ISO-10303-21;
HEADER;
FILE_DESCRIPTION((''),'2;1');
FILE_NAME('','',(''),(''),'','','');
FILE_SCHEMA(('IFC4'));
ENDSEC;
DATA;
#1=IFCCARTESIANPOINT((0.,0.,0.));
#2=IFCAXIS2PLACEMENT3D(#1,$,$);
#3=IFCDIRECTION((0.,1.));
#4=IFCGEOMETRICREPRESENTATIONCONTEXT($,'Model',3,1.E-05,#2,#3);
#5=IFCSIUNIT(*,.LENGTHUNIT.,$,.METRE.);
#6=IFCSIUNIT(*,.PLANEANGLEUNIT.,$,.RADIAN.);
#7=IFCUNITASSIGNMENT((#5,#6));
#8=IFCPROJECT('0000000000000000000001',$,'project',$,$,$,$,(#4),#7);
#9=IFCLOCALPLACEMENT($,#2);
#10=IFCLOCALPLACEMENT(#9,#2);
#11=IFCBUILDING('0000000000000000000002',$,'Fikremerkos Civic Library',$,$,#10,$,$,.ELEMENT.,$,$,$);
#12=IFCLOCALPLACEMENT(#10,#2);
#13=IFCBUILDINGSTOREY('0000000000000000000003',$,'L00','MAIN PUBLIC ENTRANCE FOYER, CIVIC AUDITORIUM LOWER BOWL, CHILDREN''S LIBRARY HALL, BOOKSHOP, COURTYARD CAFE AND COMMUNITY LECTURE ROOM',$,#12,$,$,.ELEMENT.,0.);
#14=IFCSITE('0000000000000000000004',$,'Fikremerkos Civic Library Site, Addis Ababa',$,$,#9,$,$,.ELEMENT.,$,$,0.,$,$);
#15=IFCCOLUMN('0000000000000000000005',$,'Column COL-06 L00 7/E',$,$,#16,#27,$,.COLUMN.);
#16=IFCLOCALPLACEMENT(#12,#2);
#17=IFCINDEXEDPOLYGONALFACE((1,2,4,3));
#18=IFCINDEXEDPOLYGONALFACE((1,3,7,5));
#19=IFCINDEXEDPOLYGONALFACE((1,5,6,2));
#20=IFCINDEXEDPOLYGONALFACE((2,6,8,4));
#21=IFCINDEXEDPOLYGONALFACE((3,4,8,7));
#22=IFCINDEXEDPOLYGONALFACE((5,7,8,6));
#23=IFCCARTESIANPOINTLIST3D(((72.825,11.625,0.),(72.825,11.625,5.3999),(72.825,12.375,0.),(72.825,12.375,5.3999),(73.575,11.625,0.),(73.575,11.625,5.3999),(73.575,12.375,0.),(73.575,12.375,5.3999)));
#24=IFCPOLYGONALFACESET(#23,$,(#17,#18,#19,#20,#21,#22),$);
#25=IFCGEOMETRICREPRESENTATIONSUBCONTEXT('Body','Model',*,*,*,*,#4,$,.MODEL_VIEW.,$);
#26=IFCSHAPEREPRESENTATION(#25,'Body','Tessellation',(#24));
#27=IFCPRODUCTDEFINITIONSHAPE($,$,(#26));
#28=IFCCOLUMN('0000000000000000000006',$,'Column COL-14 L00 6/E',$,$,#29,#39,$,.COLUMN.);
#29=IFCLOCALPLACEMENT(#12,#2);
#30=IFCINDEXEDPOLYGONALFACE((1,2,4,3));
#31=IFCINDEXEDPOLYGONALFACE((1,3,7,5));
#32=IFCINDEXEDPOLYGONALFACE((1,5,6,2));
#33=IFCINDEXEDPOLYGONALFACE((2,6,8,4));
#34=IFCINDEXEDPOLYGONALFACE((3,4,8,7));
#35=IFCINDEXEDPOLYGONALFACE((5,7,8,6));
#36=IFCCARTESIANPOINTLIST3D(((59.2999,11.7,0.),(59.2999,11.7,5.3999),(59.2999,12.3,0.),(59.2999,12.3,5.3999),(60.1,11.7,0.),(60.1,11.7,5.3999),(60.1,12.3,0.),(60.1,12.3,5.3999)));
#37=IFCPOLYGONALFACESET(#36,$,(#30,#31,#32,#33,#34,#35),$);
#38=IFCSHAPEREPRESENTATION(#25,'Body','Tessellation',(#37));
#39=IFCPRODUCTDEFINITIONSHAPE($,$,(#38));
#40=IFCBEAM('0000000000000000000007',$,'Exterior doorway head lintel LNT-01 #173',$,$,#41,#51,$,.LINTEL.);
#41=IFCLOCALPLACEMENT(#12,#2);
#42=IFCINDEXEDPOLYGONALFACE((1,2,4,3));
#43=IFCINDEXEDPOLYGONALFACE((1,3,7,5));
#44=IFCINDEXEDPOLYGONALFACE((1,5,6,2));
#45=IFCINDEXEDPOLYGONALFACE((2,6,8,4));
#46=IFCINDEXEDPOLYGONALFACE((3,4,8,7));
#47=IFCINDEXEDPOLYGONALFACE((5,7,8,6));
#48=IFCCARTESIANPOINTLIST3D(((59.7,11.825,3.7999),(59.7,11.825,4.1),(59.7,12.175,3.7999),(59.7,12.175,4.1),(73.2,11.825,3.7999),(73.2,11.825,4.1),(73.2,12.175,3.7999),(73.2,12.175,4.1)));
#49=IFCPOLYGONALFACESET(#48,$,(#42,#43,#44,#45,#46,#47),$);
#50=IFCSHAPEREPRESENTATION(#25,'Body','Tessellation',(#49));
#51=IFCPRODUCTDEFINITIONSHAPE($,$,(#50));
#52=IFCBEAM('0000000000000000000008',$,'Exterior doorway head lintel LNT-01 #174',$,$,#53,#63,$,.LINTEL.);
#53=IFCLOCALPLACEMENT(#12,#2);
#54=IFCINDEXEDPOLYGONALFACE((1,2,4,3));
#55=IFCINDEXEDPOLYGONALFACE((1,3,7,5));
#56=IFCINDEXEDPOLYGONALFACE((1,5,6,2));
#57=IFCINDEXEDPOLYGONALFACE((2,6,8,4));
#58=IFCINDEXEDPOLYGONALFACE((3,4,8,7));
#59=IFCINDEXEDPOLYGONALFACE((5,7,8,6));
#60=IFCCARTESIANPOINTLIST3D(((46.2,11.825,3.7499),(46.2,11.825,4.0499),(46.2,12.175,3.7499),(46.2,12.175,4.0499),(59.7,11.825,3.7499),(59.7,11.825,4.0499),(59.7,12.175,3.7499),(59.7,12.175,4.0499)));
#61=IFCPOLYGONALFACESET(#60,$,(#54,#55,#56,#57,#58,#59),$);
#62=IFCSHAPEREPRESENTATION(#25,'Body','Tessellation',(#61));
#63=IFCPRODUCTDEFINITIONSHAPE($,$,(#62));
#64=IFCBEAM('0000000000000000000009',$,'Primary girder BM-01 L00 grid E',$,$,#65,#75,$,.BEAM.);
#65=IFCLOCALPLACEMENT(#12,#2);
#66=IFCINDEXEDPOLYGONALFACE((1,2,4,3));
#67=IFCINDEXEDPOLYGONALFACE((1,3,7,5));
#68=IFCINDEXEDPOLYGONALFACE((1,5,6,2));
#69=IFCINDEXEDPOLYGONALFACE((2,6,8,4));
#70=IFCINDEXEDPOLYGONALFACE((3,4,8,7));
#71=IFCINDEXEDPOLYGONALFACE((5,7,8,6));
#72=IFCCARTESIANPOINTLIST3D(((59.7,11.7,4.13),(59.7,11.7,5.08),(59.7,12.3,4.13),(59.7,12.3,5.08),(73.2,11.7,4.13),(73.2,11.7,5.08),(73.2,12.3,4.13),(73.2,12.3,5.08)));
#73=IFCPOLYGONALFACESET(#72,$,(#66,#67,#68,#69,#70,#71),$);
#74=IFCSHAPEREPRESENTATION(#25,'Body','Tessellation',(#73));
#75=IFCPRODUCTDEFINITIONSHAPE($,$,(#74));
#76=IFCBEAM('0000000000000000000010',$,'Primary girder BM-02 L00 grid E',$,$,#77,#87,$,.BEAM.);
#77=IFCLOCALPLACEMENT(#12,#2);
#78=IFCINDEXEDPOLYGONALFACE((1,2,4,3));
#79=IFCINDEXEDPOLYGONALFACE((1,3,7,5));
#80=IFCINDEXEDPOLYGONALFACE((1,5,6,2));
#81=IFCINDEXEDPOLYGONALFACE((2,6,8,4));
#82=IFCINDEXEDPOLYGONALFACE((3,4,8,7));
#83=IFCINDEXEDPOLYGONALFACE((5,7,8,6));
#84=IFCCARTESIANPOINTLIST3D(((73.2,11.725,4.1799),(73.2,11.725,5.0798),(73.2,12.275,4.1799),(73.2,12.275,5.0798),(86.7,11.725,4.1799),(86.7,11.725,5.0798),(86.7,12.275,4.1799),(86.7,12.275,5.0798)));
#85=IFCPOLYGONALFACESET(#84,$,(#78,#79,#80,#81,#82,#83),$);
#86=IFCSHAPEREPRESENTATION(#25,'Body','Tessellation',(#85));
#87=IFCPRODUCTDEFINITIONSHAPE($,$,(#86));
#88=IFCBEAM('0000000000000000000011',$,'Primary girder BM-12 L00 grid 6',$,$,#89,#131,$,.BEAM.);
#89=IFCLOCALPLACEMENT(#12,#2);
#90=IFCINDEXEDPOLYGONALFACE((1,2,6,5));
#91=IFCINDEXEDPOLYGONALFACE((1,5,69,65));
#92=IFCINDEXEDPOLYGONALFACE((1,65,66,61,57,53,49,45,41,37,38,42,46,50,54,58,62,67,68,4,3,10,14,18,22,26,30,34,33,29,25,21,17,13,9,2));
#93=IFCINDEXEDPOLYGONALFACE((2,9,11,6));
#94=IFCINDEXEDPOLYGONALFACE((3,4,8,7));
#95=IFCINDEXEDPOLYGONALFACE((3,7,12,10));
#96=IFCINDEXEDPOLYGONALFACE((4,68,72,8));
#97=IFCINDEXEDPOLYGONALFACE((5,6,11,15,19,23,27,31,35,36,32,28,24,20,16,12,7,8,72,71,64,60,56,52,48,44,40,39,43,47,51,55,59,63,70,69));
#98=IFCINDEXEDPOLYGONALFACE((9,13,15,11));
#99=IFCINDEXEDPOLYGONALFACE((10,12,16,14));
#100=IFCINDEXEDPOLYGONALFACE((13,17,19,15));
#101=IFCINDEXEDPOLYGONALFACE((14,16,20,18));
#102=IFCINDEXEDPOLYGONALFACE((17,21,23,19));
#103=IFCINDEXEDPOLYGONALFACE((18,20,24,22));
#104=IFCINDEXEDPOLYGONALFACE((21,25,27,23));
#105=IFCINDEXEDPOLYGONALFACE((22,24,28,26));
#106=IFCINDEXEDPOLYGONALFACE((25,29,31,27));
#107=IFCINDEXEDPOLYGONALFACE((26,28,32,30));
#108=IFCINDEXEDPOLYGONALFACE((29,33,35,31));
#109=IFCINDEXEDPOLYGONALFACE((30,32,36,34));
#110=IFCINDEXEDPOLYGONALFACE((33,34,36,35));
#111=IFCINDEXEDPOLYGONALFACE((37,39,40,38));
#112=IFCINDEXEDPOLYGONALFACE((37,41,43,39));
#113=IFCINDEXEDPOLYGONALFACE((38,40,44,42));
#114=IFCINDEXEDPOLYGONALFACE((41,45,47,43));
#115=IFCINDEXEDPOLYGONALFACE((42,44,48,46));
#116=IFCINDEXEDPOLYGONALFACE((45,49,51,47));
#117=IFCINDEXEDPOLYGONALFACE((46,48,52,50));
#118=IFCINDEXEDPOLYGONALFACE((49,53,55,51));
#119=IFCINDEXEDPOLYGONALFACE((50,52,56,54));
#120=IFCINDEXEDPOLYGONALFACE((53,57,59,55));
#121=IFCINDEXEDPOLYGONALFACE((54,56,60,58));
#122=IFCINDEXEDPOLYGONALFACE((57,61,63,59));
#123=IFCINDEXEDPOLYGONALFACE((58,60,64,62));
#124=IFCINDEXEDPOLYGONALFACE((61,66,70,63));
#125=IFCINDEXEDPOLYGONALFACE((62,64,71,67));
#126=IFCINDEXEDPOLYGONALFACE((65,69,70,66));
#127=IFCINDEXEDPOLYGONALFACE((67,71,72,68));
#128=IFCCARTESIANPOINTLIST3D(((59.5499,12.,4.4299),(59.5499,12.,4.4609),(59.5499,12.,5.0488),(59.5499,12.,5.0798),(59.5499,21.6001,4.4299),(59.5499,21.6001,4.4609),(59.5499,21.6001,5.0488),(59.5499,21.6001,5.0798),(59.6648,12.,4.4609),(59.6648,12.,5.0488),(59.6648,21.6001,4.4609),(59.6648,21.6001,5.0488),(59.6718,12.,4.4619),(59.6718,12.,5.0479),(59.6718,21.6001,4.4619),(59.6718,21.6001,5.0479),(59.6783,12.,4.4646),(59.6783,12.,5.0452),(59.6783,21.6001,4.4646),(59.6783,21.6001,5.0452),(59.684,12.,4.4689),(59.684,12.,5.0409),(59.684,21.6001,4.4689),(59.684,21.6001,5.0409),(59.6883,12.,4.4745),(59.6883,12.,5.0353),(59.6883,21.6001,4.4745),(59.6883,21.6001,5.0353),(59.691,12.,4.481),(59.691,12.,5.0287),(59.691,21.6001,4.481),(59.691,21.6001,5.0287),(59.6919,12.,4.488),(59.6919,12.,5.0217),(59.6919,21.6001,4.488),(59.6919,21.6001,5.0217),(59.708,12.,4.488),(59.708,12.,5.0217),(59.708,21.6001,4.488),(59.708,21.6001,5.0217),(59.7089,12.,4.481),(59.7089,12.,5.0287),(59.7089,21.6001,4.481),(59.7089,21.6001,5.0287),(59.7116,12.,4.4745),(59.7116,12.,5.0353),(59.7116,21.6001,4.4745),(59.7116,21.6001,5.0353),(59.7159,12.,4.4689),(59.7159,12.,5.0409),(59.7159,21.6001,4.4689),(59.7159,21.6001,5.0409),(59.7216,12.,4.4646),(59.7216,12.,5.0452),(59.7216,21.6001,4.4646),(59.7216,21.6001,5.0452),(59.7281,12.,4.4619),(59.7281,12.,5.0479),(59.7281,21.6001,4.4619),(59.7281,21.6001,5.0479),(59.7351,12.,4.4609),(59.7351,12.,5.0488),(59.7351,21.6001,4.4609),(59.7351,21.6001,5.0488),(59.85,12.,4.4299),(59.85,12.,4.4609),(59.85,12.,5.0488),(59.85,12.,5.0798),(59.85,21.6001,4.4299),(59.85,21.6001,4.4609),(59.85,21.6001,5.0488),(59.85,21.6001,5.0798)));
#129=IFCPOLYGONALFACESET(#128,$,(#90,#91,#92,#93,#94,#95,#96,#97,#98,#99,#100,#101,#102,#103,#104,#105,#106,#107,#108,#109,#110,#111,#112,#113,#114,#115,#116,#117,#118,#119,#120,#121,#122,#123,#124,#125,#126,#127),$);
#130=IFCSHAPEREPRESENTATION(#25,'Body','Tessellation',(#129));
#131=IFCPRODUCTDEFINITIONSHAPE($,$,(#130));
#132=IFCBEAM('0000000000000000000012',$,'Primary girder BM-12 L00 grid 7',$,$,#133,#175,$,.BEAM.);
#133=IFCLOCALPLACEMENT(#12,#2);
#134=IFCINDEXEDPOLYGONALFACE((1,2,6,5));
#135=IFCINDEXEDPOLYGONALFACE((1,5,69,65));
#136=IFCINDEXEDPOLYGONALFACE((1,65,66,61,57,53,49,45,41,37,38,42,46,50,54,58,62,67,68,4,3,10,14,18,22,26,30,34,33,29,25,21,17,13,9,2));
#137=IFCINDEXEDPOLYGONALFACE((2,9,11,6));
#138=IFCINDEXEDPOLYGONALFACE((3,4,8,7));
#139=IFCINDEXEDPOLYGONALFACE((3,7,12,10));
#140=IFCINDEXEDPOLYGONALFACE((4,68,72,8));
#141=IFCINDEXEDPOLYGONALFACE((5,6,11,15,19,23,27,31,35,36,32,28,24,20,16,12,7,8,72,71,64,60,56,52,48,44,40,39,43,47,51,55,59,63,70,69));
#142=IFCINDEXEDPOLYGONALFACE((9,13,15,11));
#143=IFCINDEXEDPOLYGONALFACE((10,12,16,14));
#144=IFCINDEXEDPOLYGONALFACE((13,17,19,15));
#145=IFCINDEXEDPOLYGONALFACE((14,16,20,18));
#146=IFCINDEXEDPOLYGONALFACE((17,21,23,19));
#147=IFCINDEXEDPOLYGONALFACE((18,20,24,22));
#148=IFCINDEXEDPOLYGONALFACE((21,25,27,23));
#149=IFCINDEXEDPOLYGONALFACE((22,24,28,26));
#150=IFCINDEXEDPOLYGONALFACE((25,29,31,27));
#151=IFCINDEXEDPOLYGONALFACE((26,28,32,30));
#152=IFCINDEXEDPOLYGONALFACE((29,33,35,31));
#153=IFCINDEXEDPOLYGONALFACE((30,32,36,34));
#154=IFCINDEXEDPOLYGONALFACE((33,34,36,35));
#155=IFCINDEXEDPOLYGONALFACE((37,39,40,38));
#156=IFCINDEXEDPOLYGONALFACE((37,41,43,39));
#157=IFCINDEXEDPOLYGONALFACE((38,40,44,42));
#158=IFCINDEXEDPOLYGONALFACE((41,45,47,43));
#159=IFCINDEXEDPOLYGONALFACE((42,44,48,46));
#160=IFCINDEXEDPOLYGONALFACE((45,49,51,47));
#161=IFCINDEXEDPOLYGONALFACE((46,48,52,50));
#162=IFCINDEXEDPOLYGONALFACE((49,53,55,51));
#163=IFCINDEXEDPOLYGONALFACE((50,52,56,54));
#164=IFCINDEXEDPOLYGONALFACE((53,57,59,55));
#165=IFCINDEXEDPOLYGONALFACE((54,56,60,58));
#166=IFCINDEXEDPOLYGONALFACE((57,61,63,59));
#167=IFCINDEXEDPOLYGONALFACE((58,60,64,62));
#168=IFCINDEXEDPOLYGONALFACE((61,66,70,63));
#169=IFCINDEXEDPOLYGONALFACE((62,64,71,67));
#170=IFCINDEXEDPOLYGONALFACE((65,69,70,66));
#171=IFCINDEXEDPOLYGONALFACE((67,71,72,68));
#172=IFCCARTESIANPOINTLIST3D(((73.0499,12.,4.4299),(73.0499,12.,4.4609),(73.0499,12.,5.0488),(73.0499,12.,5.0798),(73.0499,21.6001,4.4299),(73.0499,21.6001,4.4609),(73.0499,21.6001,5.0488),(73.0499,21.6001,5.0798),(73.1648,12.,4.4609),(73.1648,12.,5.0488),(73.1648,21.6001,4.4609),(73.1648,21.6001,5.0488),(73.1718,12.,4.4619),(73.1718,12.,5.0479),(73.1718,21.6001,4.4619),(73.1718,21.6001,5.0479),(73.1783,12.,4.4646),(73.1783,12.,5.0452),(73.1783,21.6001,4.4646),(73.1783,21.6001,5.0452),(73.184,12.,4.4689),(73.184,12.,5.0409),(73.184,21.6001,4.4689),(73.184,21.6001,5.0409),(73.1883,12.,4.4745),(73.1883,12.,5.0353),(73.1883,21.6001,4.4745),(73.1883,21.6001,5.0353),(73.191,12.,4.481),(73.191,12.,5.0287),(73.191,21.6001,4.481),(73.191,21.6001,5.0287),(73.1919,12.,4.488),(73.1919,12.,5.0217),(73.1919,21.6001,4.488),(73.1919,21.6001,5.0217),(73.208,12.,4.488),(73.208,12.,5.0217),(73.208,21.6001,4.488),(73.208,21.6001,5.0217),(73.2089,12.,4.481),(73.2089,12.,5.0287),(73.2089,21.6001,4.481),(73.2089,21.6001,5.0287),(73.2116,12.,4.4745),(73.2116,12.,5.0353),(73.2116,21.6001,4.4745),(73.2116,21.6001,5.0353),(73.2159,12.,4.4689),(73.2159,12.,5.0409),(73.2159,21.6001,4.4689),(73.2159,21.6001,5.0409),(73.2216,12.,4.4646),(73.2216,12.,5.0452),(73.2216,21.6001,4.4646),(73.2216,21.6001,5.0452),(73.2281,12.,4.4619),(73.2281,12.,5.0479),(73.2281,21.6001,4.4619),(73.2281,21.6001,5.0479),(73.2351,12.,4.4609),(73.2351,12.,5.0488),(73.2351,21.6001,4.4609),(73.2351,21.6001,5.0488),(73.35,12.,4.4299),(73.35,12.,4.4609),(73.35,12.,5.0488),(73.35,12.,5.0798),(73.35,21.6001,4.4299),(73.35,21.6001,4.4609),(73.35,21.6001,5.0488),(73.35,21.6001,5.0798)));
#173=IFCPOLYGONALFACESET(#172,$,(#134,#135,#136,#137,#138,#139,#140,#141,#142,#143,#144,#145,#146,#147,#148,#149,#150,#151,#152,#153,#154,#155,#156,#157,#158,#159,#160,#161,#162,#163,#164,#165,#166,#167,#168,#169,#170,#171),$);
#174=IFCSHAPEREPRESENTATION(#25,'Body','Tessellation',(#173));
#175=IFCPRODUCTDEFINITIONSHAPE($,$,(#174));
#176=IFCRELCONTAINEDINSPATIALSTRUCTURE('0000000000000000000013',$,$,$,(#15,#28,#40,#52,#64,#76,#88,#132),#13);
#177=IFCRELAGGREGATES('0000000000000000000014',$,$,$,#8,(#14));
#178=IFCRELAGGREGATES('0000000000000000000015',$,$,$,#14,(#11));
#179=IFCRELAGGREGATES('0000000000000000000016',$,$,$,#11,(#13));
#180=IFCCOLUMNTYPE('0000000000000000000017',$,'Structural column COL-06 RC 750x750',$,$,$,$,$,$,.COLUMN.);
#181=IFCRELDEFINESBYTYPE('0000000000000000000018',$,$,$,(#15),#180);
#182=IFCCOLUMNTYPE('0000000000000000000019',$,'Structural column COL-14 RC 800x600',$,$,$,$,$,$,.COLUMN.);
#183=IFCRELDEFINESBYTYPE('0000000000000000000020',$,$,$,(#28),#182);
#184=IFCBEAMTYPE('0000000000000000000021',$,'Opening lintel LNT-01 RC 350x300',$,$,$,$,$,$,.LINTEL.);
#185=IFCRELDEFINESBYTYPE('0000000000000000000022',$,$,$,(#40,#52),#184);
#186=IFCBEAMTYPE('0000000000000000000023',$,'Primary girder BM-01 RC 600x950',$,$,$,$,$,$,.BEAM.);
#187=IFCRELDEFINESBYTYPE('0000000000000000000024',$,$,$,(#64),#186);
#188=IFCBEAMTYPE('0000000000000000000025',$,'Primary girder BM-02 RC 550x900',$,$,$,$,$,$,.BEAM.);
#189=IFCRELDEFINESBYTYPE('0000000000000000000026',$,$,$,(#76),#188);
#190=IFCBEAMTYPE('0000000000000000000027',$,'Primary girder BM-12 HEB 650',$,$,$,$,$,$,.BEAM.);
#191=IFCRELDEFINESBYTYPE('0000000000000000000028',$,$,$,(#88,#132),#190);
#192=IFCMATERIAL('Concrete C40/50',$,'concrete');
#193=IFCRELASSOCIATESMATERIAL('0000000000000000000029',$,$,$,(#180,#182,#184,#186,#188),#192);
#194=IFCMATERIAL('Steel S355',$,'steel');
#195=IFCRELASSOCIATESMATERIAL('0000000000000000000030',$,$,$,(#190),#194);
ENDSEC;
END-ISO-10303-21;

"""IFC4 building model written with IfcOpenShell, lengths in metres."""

from ifc_helpers import new_model, si_unit, direction, frame, origin, origin_2d, place, context, subcontext, project, spatial, rectangle, i_section, extrude, material, material_profile, profile_set, type_object, element, save


model = new_model("IFC4")

# Units and contexts
model_context = context("Model", 3, precision=1e-05, world=origin(), true_north=direction((0.0, 1.0)))
body_context = subcontext(model_context, "Body", "Model", "MODEL_VIEW")
ifc_project = project(units=[si_unit("LENGTHUNIT", "METRE"), si_unit("PLANEANGLEUNIT", "RADIAN")], contexts=[model_context])

# Site, building, storey
site_placement = place(None, origin())
site = spatial("IfcSite", under=ifc_project, at=site_placement, Name="Fikremerkos Civic Library Site, Addis Ababa", CompositionType="ELEMENT", RefElevation=0.0)
building_placement = place(site_placement, origin())
building = spatial("IfcBuilding", under=site, at=building_placement, Name="Fikremerkos Civic Library", CompositionType="ELEMENT")
storey_placement = place(building_placement, origin())
storey = spatial("IfcBuildingStorey", under=building, at=storey_placement, Name="L00", Description="MAIN PUBLIC ENTRANCE FOYER, CIVIC AUDITORIUM LOWER BOWL, CHILDREN'S LIBRARY HALL, BOOKSHOP, COURTYARD CAFE AND COMMUNITY LECTURE ROOM", CompositionType="ELEMENT", Elevation=0.0)

# Columns
ifc_material_1 = material(Name="Concrete C40/50", Category="concrete")
ifc_material_profile_1 = material_profile(ifc_material_1, rectangle(XDim=0.75, YDim=0.75, at=origin_2d()), Name="RC 750x750")
ifc_profile_set_1 = profile_set([ifc_material_profile_1], Name="Concrete C40/50")
column_type_1 = type_object("IfcColumnType", Name="Structural column COL-06 RC 750x750", PredefinedType="COLUMN", material=ifc_profile_set_1)
column_1_placement = place(storey_placement, frame((73.2, 12.0, 0.0), z_axis=(0.0, 0.0, 1.0), x_axis=(1.0, 0.0, 0.0)))
element("IfcColumn", 1, at=column_1_placement, inside=storey, type_object=column_type_1, Name="Column COL-06 L00 7/E", PredefinedType="COLUMN", context=body_context, shape_type="SweptSolid", body=[
    extrude(rectangle(XDim=0.75, YDim=0.75, at=origin_2d()), origin(), (0.0, 0.0, 1.0), 5.3999),
])
ifc_material_profile_2 = material_profile(ifc_material_1, rectangle(XDim=0.8, YDim=0.6001, at=origin_2d()), Name="RC 800x600")
ifc_profile_set_2 = profile_set([ifc_material_profile_2], Name="Concrete C40/50")
column_type_2 = type_object("IfcColumnType", Name="Structural column COL-14 RC 800x600", PredefinedType="COLUMN", material=ifc_profile_set_2)
column_2_placement = place(storey_placement, frame((59.7, 12.0, 0.0), z_axis=(0.0, 0.0, 1.0), x_axis=(1.0, 0.0, 0.0)))
element("IfcColumn", 2, at=column_2_placement, inside=storey, type_object=column_type_2, Name="Column COL-14 L00 6/E", PredefinedType="COLUMN", context=body_context, shape_type="SweptSolid", body=[
    extrude(rectangle(XDim=0.8, YDim=0.6001, at=origin_2d()), origin(), (0.0, 0.0, 1.0), 5.3999),
])

# Beams
ifc_material_profile_3 = material_profile(ifc_material_1, rectangle(XDim=0.3501, YDim=0.3, at=origin_2d()), Name="RC 350x300")
ifc_profile_set_3 = profile_set([ifc_material_profile_3], Name="Concrete C40/50")
beam_type_1 = type_object("IfcBeamType", Name="Opening lintel LNT-01 RC 350x300", PredefinedType="LINTEL", material=ifc_profile_set_3)
for number, where, z_axis, x_axis, name in (
    (3, (73.2, 12.0, 3.95), (-1.0, 0.0, 0.0), (0.0, -1.0, 0.0), "Exterior doorway head lintel LNT-01 #173"),
    (4, (59.7, 12.0, 3.8999), (-1.0, 0.0, 0.0), (0.0, -1.0, 0.0), "Exterior doorway head lintel LNT-01 #174"),
):
    element("IfcBeam", number, at=place(storey_placement, frame(where, z_axis=z_axis, x_axis=x_axis)), inside=storey, type_object=beam_type_1, Name=name, PredefinedType="LINTEL", context=body_context, shape_type="SweptSolid", body=[
        extrude(rectangle(XDim=0.3501, YDim=0.3, at=origin_2d()), origin(), (0.0, 0.0, 1.0), 13.5),
    ])
ifc_material_profile_4 = material_profile(ifc_material_1, rectangle(XDim=0.6001, YDim=0.95, at=origin_2d()), Name="RC 600x950")
ifc_profile_set_4 = profile_set([ifc_material_profile_4], Name="Concrete C40/50")
beam_type_2 = type_object("IfcBeamType", Name="Primary girder BM-01 RC 600x950", PredefinedType="BEAM", material=ifc_profile_set_4)
beam_1_placement = place(storey_placement, frame((59.7, 12.0, 4.605), z_axis=(1.0, 0.0, 0.0), x_axis=(0.0, 1.0, 0.0)))
element("IfcBeam", 5, at=beam_1_placement, inside=storey, type_object=beam_type_2, Name="Primary girder BM-01 L00 grid E", PredefinedType="BEAM", context=body_context, shape_type="SweptSolid", body=[
    extrude(rectangle(XDim=0.6001, YDim=0.95, at=origin_2d()), origin(), (0.0, 0.0, 1.0), 13.5),
])
ifc_material_profile_5 = material_profile(ifc_material_1, rectangle(XDim=0.55, YDim=0.8999, at=origin_2d()), Name="RC 550x900")
ifc_profile_set_5 = profile_set([ifc_material_profile_5], Name="Concrete C40/50")
beam_type_3 = type_object("IfcBeamType", Name="Primary girder BM-02 RC 550x900", PredefinedType="BEAM", material=ifc_profile_set_5)
beam_2_placement = place(storey_placement, frame((73.2, 12.0, 4.6299), z_axis=(1.0, 0.0, 0.0), x_axis=(0.0, 1.0, 0.0)))
element("IfcBeam", 6, at=beam_2_placement, inside=storey, type_object=beam_type_3, Name="Primary girder BM-02 L00 grid E", PredefinedType="BEAM", context=body_context, shape_type="SweptSolid", body=[
    extrude(rectangle(XDim=0.55, YDim=0.8999, at=origin_2d()), origin(), (0.0, 0.0, 1.0), 13.5),
])
ifc_material_2 = material(Name="Steel S355", Category="steel")
ifc_material_profile_6 = material_profile(ifc_material_2, i_section(OverallWidth=0.3, OverallDepth=0.6499, WebThickness=0.0161, FlangeThickness=0.031, FilletRadius=0.0271, at=origin_2d()), Name="HEB 650")
ifc_profile_set_6 = profile_set([ifc_material_profile_6], Name="Steel S355")
beam_type_4 = type_object("IfcBeamType", Name="Primary girder BM-12 HEB 650", PredefinedType="BEAM", material=ifc_profile_set_6)
for number, where, z_axis, x_axis, name in (
    (7, (59.7, 12.0, 4.7549), (0.0, 1.0, 0.0), (-1.0, 0.0, 0.0), "Primary girder BM-12 L00 grid 6"),
    (8, (73.2, 12.0, 4.7549), (0.0, 1.0, 0.0), (-1.0, 0.0, 0.0), "Primary girder BM-12 L00 grid 7"),
):
    element("IfcBeam", number, at=place(storey_placement, frame(where, z_axis=z_axis, x_axis=x_axis)), inside=storey, type_object=beam_type_4, Name=name, PredefinedType="BEAM", context=body_context, shape_type="SweptSolid", body=[
        extrude(i_section(OverallWidth=0.3, OverallDepth=0.6499, WebThickness=0.0161, FlangeThickness=0.031, FilletRadius=0.0271, at=origin_2d()), origin(), (0.0, 0.0, 1.0), 9.6001),
    ])

save(model, "model.ifc")
